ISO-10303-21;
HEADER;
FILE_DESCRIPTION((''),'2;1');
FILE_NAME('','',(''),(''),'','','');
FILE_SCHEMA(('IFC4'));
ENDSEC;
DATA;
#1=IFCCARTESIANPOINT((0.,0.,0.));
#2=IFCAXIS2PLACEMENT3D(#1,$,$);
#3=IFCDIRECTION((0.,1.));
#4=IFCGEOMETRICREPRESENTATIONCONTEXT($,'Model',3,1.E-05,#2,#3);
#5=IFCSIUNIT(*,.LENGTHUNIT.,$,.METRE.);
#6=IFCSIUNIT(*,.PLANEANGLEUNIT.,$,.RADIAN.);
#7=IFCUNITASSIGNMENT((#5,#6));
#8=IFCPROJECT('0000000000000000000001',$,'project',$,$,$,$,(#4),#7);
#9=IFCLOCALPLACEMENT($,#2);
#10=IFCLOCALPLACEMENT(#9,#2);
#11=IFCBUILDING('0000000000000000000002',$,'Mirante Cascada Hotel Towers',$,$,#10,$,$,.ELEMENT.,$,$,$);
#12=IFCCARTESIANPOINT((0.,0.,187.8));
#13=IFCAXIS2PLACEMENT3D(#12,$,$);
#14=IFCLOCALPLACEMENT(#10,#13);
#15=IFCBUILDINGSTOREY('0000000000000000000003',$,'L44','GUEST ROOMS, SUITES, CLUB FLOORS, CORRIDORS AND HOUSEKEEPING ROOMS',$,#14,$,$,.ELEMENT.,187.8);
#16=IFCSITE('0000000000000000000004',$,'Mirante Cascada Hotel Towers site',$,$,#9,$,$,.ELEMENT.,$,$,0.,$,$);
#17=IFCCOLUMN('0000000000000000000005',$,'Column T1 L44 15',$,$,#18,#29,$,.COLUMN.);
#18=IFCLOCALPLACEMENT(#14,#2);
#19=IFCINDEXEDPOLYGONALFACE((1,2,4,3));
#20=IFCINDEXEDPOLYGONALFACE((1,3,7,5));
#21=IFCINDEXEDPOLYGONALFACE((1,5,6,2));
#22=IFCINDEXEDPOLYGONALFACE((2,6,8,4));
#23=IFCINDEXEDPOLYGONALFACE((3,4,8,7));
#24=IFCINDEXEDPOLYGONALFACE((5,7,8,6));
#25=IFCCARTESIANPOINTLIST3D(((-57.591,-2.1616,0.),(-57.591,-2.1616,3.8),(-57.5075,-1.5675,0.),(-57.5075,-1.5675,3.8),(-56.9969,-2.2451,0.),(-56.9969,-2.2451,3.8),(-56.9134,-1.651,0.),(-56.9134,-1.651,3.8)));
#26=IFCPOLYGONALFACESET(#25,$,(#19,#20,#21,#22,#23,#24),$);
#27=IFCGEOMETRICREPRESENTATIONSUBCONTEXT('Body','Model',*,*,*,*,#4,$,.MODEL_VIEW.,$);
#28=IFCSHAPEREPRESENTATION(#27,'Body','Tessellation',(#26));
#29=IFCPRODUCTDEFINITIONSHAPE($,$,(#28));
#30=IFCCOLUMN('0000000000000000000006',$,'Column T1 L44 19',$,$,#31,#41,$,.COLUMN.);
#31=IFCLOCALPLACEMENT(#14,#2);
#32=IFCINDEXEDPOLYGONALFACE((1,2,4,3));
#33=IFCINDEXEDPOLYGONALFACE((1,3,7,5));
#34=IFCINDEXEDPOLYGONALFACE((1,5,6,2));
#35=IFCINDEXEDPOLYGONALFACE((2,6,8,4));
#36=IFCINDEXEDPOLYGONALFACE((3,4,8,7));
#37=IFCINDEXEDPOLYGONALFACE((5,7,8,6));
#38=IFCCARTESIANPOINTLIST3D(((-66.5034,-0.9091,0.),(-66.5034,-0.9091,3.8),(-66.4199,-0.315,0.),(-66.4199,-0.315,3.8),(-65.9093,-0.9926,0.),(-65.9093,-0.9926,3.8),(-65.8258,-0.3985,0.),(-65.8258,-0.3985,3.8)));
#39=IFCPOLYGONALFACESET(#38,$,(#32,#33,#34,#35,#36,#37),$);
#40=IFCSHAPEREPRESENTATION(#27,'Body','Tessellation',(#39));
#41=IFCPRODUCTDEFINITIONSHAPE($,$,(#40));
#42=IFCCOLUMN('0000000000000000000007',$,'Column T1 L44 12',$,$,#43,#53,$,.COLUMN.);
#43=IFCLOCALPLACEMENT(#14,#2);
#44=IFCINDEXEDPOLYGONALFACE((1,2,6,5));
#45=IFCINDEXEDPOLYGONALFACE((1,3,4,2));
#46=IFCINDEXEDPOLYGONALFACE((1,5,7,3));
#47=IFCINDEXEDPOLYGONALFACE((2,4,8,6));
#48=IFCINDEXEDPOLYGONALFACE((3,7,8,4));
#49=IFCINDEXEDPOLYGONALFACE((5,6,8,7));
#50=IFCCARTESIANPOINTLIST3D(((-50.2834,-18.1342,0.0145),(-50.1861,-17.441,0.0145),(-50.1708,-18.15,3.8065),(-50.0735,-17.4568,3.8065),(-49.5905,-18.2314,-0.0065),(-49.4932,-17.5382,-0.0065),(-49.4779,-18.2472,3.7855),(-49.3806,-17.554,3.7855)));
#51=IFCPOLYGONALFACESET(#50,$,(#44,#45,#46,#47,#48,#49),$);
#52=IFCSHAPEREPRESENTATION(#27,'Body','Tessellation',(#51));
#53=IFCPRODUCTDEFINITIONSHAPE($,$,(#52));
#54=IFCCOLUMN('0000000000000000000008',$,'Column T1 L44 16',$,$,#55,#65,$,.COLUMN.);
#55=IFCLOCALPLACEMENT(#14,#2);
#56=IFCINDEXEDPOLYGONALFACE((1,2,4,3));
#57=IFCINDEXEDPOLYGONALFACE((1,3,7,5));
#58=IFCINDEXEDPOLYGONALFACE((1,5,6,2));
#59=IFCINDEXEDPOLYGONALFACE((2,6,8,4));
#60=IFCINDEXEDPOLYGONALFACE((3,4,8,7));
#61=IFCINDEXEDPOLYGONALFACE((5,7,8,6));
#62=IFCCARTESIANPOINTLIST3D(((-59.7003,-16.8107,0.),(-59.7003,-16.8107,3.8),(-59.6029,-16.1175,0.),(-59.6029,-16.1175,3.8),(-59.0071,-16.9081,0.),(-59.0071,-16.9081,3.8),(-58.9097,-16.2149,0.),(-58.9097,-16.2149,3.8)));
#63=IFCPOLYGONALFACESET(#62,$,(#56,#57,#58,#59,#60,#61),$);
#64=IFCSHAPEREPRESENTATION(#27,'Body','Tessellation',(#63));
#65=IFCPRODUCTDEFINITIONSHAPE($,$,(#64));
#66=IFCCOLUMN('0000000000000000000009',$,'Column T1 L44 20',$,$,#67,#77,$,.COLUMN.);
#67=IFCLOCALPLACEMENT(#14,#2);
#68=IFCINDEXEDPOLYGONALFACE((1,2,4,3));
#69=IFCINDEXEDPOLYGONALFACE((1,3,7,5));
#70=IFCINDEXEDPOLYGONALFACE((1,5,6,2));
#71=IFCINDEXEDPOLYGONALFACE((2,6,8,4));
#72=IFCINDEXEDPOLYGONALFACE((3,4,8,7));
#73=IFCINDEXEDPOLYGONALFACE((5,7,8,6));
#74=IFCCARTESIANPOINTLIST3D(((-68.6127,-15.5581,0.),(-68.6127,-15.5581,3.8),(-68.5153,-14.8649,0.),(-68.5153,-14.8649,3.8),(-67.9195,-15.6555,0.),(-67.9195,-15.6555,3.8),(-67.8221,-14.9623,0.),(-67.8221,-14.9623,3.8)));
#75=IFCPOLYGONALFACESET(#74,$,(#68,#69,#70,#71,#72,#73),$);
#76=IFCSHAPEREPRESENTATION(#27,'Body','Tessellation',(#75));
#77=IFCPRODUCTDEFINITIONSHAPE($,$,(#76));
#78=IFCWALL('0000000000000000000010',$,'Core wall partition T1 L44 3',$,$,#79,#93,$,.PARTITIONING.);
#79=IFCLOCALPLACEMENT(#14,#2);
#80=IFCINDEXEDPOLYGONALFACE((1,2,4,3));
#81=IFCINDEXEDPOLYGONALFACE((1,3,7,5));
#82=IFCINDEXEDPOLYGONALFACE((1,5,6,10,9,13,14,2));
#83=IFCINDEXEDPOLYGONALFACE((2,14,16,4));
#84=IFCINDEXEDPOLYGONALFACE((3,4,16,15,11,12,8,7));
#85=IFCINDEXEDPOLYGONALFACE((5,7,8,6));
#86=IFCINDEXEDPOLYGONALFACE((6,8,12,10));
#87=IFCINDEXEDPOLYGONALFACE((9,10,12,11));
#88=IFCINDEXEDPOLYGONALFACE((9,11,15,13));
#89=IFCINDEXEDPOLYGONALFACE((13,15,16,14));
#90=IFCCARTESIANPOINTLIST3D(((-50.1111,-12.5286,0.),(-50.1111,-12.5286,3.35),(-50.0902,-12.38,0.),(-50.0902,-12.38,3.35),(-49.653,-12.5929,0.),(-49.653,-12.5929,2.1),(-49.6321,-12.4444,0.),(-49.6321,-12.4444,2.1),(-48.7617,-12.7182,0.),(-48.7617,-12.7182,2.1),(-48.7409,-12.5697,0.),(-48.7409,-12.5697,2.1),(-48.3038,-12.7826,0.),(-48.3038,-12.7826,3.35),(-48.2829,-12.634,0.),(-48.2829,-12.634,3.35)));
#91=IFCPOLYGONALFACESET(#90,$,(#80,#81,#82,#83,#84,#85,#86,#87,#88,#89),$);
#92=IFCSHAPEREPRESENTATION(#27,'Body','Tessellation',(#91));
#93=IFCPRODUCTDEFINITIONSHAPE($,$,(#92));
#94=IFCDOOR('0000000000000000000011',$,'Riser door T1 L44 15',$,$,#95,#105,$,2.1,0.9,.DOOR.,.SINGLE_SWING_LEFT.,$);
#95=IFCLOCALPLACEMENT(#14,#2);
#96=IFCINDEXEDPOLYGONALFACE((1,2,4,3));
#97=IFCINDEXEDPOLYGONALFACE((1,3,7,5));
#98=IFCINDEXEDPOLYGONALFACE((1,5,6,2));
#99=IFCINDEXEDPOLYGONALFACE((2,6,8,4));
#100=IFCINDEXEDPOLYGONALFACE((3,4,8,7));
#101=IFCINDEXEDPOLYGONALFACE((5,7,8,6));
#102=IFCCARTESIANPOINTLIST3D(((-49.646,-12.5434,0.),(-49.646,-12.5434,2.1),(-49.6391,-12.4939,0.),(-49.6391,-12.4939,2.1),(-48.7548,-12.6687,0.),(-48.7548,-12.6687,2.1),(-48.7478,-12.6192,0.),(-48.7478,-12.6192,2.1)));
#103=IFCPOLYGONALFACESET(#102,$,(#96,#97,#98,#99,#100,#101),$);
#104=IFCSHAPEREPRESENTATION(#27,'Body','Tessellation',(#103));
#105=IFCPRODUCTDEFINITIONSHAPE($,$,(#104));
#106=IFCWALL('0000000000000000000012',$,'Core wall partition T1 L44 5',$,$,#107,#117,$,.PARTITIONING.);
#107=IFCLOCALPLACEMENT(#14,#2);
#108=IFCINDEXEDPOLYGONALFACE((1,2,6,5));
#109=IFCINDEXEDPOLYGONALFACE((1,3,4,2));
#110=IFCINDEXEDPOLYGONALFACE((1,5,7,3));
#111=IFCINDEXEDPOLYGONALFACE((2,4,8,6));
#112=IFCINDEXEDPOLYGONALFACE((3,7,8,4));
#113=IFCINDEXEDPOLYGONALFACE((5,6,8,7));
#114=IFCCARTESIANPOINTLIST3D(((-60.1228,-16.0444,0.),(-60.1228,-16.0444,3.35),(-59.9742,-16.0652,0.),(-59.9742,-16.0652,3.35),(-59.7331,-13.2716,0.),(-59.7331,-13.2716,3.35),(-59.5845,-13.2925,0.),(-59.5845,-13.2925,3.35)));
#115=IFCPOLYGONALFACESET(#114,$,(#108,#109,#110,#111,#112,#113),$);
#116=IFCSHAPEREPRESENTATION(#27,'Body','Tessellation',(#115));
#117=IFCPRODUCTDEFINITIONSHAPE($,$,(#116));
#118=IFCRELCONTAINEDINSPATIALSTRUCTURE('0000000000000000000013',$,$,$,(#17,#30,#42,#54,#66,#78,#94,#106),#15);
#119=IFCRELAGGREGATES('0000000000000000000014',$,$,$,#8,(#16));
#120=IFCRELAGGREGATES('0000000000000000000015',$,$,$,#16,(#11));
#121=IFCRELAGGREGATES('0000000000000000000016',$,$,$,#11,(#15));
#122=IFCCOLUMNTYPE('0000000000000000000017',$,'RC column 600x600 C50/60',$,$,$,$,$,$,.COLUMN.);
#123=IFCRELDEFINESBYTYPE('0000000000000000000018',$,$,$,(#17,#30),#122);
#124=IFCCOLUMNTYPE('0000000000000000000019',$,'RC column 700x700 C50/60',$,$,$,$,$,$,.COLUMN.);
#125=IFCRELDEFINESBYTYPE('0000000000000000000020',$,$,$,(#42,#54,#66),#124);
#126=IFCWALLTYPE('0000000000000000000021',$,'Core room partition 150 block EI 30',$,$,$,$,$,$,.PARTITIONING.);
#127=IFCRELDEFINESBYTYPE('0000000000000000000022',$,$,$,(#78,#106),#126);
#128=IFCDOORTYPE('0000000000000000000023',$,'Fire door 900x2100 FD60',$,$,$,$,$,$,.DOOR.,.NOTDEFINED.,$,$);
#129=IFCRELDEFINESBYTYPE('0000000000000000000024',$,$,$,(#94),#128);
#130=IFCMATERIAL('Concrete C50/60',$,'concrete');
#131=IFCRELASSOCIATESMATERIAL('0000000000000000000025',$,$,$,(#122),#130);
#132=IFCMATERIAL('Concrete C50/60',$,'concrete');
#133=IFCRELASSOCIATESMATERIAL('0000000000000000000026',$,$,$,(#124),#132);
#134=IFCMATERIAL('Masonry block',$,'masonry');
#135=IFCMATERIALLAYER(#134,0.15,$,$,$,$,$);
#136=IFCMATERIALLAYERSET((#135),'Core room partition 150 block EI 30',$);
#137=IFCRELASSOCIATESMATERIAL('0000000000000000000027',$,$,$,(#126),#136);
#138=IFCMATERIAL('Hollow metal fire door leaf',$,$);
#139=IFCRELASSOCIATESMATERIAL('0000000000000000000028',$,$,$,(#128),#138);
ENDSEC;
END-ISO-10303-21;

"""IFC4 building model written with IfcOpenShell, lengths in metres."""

from ifc_helpers import new_model, si_unit, direction, frame, frame_2d, origin, origin_2d, place, context, subcontext, project, spatial, rectangle, extrude, material, layer, layer_set, material_profile, profile_set, type_object, element, fill, save


model = new_model("IFC4")

# Units and contexts
model_context = context("Model", 3, precision=1e-05, world=origin(), true_north=direction((0.0, 1.0)))
body_context = subcontext(model_context, "Body", "Model", "MODEL_VIEW")
ifc_project = project(units=[si_unit("LENGTHUNIT", "METRE"), si_unit("PLANEANGLEUNIT", "RADIAN")], contexts=[model_context])

# Site, building, storey
site_placement = place(None, origin())
site = spatial("IfcSite", under=ifc_project, at=site_placement, Name="Mirante Cascada Hotel Towers site", CompositionType="ELEMENT", RefElevation=0.0)
building_placement = place(site_placement, origin())
building = spatial("IfcBuilding", under=site, at=building_placement, Name="Mirante Cascada Hotel Towers", CompositionType="ELEMENT")
storey_placement = place(building_placement, frame((0.0, 0.0, 187.8)))
storey = spatial("IfcBuildingStorey", under=building, at=storey_placement, Name="L44", Description="GUEST ROOMS, SUITES, CLUB FLOORS, CORRIDORS AND HOUSEKEEPING ROOMS", CompositionType="ELEMENT", Elevation=187.8)

# Columns
ifc_material_1 = material(Name="Concrete C50/60", Category="concrete")
ifc_material_profile_1 = material_profile(ifc_material_1, rectangle(XDim=0.6, YDim=0.6, at=origin_2d()), Name="RC column 600x600 C50/60")
ifc_profile_set_1 = profile_set([ifc_material_profile_1], Name="Concrete C50/60")
column_type_1 = type_object("IfcColumnType", Name="RC column 600x600 C50/60", PredefinedType="COLUMN", material=ifc_profile_set_1)
for number, where, z_axis, x_axis, name in (
    (1, (-57.2522, -1.9063, 0.0), (0.0, 0.0, 1.0), (-0.990268, 0.139173, 0.0), "Column T1 L44 15"),
    (2, (-66.1646, -0.6538, 0.0), (0.0, 0.0, 1.0), (-0.990268, 0.139173, 0.0), "Column T1 L44 19"),
):
    element("IfcColumn", number, at=place(storey_placement, frame(where, z_axis=z_axis, x_axis=x_axis)), inside=storey, type_object=column_type_1, Name=name, PredefinedType="COLUMN", context=body_context, shape_type="SweptSolid", body=[
        extrude(rectangle(XDim=0.6, YDim=0.6, at=origin_2d()), origin(), (0.0, 0.0, 1.0), 3.8),
    ])
ifc_material_2 = material(Name="Concrete C50/60", Category="concrete")
ifc_material_profile_2 = material_profile(ifc_material_2, rectangle(XDim=0.7, YDim=0.7, at=origin_2d()), Name="RC column 700x700 C50/60")
ifc_profile_set_2 = profile_set([ifc_material_profile_2], Name="Concrete C50/60")
column_type_2 = type_object("IfcColumnType", Name="RC column 700x700 C50/60", PredefinedType="COLUMN", material=ifc_profile_set_2)
column_placement = place(storey_placement, frame((-49.8883, -17.8362, 0.004), z_axis=(0.029681, -0.004165, 0.999551), x_axis=(0.138958, 0.990298, 0.0)))
element("IfcColumn", 3, at=column_placement, inside=storey, type_object=column_type_2, Name="Column T1 L44 12", PredefinedType="COLUMN", context=body_context, shape_type="SweptSolid", body=[
    extrude(rectangle(XDim=0.7, YDim=0.7, at=origin_2d()), origin(), (0.0, 0.0, 1.0), 3.7937),
])
for number, where, z_axis, x_axis, name in (
    (4, (-59.305, -16.5128, 0.0), (0.0, 0.0, 1.0), (-0.990268, 0.139173, 0.0), "Column T1 L44 16"),
    (5, (-68.2174, -15.2602, 0.0), (0.0, 0.0, 1.0), (-0.990268, 0.139173, 0.0), "Column T1 L44 20"),
):
    element("IfcColumn", number, at=place(storey_placement, frame(where, z_axis=z_axis, x_axis=x_axis)), inside=storey, type_object=column_type_2, Name=name, PredefinedType="COLUMN", context=body_context, shape_type="SweptSolid", body=[
        extrude(rectangle(XDim=0.7, YDim=0.7, at=origin_2d()), origin(), (0.0, 0.0, 1.0), 3.8),
    ])

# Wall, opening, door
ifc_material_3 = material(Name="Masonry block", Category="masonry")
ifc_layer_1 = layer(ifc_material_3, 0.15)
ifc_layer_set_1 = layer_set([ifc_layer_1], Name="Core room partition 150 block EI 30")
wall_type_1 = type_object("IfcWallType", Name="Core room partition 150 block EI 30", PredefinedType="PARTITIONING", material=ifc_layer_set_1)
wall_1_placement = place(storey_placement, frame((-48.2933, -12.7083, 0.0), z_axis=(0.0, 0.0, 1.0), x_axis=(-0.990268, 0.139173, 0.0)))
wall_1 = element("IfcWall", 6, at=wall_1_placement, inside=storey, type_object=wall_type_1, Name="Core wall partition T1 L44 3", PredefinedType="PARTITIONING", context=body_context, shape_type="SweptSolid", body=[
    extrude(rectangle(XDim=1.8251, YDim=0.15, at=frame_2d((0.9126, 0.0))), origin(), (0.0, 0.0, 1.0), 3.35),
])
opening_1_placement = place(wall_1_placement, frame((0.4625, 0.0, 0.0)))
opening_1 = element("IfcOpeningElement", 7, at=opening_1_placement, cuts=wall_1, PredefinedType="OPENING", context=body_context, shape_type="SweptSolid", body=[
    extrude(rectangle(XDim=0.9, YDim=2.1, at=frame_2d((0.45, 1.05))), frame((0.0, 0.075, 0.0), z_axis=(0.0, -1.0, 0.0), x_axis=(1.0, 0.0, 0.0)), (0.0, 0.0, 1.0), 0.15),
])
ifc_material_4 = material(Name="Hollow metal fire door leaf")
door_type_1 = type_object("IfcDoorType", Name="Fire door 900x2100 FD60", OperationType="NOTDEFINED", PredefinedType="DOOR", material=ifc_material_4)
door_1_placement = place(opening_1_placement, origin())
door_1 = element("IfcDoor", 8, at=door_1_placement, inside=storey, type_object=door_type_1, Name="Riser door T1 L44 15", OperationType="SINGLE_SWING_LEFT", OverallHeight=2.1, OverallWidth=0.9, PredefinedType="DOOR", context=body_context, shape_type="SweptSolid", body=[
    extrude(rectangle(XDim=0.9, YDim=2.1, at=frame_2d((0.45, 1.05))), frame((0.0, 0.025, 0.0), z_axis=(0.0, -1.0, 0.0), x_axis=(1.0, 0.0, 0.0)), (0.0, 0.0, 1.0), 0.05),
])
fill(opening_1, door_1)

# Wall
wall_2_placement = place(storey_placement, frame((-60.0485, -16.0548, 0.0), z_axis=(0.0, 0.0, 1.0), x_axis=(0.139181, 0.990267, 0.0)))
element("IfcWall", 9, at=wall_2_placement, inside=storey, type_object=wall_type_1, Name="Core wall partition T1 L44 5", PredefinedType="PARTITIONING", context=body_context, shape_type="SweptSolid", body=[
    extrude(rectangle(XDim=2.8, YDim=0.15, at=frame_2d((1.4, 0.0))), origin(), (0.0, 0.0, 1.0), 3.35),
])

save(model, "model.ifc")
